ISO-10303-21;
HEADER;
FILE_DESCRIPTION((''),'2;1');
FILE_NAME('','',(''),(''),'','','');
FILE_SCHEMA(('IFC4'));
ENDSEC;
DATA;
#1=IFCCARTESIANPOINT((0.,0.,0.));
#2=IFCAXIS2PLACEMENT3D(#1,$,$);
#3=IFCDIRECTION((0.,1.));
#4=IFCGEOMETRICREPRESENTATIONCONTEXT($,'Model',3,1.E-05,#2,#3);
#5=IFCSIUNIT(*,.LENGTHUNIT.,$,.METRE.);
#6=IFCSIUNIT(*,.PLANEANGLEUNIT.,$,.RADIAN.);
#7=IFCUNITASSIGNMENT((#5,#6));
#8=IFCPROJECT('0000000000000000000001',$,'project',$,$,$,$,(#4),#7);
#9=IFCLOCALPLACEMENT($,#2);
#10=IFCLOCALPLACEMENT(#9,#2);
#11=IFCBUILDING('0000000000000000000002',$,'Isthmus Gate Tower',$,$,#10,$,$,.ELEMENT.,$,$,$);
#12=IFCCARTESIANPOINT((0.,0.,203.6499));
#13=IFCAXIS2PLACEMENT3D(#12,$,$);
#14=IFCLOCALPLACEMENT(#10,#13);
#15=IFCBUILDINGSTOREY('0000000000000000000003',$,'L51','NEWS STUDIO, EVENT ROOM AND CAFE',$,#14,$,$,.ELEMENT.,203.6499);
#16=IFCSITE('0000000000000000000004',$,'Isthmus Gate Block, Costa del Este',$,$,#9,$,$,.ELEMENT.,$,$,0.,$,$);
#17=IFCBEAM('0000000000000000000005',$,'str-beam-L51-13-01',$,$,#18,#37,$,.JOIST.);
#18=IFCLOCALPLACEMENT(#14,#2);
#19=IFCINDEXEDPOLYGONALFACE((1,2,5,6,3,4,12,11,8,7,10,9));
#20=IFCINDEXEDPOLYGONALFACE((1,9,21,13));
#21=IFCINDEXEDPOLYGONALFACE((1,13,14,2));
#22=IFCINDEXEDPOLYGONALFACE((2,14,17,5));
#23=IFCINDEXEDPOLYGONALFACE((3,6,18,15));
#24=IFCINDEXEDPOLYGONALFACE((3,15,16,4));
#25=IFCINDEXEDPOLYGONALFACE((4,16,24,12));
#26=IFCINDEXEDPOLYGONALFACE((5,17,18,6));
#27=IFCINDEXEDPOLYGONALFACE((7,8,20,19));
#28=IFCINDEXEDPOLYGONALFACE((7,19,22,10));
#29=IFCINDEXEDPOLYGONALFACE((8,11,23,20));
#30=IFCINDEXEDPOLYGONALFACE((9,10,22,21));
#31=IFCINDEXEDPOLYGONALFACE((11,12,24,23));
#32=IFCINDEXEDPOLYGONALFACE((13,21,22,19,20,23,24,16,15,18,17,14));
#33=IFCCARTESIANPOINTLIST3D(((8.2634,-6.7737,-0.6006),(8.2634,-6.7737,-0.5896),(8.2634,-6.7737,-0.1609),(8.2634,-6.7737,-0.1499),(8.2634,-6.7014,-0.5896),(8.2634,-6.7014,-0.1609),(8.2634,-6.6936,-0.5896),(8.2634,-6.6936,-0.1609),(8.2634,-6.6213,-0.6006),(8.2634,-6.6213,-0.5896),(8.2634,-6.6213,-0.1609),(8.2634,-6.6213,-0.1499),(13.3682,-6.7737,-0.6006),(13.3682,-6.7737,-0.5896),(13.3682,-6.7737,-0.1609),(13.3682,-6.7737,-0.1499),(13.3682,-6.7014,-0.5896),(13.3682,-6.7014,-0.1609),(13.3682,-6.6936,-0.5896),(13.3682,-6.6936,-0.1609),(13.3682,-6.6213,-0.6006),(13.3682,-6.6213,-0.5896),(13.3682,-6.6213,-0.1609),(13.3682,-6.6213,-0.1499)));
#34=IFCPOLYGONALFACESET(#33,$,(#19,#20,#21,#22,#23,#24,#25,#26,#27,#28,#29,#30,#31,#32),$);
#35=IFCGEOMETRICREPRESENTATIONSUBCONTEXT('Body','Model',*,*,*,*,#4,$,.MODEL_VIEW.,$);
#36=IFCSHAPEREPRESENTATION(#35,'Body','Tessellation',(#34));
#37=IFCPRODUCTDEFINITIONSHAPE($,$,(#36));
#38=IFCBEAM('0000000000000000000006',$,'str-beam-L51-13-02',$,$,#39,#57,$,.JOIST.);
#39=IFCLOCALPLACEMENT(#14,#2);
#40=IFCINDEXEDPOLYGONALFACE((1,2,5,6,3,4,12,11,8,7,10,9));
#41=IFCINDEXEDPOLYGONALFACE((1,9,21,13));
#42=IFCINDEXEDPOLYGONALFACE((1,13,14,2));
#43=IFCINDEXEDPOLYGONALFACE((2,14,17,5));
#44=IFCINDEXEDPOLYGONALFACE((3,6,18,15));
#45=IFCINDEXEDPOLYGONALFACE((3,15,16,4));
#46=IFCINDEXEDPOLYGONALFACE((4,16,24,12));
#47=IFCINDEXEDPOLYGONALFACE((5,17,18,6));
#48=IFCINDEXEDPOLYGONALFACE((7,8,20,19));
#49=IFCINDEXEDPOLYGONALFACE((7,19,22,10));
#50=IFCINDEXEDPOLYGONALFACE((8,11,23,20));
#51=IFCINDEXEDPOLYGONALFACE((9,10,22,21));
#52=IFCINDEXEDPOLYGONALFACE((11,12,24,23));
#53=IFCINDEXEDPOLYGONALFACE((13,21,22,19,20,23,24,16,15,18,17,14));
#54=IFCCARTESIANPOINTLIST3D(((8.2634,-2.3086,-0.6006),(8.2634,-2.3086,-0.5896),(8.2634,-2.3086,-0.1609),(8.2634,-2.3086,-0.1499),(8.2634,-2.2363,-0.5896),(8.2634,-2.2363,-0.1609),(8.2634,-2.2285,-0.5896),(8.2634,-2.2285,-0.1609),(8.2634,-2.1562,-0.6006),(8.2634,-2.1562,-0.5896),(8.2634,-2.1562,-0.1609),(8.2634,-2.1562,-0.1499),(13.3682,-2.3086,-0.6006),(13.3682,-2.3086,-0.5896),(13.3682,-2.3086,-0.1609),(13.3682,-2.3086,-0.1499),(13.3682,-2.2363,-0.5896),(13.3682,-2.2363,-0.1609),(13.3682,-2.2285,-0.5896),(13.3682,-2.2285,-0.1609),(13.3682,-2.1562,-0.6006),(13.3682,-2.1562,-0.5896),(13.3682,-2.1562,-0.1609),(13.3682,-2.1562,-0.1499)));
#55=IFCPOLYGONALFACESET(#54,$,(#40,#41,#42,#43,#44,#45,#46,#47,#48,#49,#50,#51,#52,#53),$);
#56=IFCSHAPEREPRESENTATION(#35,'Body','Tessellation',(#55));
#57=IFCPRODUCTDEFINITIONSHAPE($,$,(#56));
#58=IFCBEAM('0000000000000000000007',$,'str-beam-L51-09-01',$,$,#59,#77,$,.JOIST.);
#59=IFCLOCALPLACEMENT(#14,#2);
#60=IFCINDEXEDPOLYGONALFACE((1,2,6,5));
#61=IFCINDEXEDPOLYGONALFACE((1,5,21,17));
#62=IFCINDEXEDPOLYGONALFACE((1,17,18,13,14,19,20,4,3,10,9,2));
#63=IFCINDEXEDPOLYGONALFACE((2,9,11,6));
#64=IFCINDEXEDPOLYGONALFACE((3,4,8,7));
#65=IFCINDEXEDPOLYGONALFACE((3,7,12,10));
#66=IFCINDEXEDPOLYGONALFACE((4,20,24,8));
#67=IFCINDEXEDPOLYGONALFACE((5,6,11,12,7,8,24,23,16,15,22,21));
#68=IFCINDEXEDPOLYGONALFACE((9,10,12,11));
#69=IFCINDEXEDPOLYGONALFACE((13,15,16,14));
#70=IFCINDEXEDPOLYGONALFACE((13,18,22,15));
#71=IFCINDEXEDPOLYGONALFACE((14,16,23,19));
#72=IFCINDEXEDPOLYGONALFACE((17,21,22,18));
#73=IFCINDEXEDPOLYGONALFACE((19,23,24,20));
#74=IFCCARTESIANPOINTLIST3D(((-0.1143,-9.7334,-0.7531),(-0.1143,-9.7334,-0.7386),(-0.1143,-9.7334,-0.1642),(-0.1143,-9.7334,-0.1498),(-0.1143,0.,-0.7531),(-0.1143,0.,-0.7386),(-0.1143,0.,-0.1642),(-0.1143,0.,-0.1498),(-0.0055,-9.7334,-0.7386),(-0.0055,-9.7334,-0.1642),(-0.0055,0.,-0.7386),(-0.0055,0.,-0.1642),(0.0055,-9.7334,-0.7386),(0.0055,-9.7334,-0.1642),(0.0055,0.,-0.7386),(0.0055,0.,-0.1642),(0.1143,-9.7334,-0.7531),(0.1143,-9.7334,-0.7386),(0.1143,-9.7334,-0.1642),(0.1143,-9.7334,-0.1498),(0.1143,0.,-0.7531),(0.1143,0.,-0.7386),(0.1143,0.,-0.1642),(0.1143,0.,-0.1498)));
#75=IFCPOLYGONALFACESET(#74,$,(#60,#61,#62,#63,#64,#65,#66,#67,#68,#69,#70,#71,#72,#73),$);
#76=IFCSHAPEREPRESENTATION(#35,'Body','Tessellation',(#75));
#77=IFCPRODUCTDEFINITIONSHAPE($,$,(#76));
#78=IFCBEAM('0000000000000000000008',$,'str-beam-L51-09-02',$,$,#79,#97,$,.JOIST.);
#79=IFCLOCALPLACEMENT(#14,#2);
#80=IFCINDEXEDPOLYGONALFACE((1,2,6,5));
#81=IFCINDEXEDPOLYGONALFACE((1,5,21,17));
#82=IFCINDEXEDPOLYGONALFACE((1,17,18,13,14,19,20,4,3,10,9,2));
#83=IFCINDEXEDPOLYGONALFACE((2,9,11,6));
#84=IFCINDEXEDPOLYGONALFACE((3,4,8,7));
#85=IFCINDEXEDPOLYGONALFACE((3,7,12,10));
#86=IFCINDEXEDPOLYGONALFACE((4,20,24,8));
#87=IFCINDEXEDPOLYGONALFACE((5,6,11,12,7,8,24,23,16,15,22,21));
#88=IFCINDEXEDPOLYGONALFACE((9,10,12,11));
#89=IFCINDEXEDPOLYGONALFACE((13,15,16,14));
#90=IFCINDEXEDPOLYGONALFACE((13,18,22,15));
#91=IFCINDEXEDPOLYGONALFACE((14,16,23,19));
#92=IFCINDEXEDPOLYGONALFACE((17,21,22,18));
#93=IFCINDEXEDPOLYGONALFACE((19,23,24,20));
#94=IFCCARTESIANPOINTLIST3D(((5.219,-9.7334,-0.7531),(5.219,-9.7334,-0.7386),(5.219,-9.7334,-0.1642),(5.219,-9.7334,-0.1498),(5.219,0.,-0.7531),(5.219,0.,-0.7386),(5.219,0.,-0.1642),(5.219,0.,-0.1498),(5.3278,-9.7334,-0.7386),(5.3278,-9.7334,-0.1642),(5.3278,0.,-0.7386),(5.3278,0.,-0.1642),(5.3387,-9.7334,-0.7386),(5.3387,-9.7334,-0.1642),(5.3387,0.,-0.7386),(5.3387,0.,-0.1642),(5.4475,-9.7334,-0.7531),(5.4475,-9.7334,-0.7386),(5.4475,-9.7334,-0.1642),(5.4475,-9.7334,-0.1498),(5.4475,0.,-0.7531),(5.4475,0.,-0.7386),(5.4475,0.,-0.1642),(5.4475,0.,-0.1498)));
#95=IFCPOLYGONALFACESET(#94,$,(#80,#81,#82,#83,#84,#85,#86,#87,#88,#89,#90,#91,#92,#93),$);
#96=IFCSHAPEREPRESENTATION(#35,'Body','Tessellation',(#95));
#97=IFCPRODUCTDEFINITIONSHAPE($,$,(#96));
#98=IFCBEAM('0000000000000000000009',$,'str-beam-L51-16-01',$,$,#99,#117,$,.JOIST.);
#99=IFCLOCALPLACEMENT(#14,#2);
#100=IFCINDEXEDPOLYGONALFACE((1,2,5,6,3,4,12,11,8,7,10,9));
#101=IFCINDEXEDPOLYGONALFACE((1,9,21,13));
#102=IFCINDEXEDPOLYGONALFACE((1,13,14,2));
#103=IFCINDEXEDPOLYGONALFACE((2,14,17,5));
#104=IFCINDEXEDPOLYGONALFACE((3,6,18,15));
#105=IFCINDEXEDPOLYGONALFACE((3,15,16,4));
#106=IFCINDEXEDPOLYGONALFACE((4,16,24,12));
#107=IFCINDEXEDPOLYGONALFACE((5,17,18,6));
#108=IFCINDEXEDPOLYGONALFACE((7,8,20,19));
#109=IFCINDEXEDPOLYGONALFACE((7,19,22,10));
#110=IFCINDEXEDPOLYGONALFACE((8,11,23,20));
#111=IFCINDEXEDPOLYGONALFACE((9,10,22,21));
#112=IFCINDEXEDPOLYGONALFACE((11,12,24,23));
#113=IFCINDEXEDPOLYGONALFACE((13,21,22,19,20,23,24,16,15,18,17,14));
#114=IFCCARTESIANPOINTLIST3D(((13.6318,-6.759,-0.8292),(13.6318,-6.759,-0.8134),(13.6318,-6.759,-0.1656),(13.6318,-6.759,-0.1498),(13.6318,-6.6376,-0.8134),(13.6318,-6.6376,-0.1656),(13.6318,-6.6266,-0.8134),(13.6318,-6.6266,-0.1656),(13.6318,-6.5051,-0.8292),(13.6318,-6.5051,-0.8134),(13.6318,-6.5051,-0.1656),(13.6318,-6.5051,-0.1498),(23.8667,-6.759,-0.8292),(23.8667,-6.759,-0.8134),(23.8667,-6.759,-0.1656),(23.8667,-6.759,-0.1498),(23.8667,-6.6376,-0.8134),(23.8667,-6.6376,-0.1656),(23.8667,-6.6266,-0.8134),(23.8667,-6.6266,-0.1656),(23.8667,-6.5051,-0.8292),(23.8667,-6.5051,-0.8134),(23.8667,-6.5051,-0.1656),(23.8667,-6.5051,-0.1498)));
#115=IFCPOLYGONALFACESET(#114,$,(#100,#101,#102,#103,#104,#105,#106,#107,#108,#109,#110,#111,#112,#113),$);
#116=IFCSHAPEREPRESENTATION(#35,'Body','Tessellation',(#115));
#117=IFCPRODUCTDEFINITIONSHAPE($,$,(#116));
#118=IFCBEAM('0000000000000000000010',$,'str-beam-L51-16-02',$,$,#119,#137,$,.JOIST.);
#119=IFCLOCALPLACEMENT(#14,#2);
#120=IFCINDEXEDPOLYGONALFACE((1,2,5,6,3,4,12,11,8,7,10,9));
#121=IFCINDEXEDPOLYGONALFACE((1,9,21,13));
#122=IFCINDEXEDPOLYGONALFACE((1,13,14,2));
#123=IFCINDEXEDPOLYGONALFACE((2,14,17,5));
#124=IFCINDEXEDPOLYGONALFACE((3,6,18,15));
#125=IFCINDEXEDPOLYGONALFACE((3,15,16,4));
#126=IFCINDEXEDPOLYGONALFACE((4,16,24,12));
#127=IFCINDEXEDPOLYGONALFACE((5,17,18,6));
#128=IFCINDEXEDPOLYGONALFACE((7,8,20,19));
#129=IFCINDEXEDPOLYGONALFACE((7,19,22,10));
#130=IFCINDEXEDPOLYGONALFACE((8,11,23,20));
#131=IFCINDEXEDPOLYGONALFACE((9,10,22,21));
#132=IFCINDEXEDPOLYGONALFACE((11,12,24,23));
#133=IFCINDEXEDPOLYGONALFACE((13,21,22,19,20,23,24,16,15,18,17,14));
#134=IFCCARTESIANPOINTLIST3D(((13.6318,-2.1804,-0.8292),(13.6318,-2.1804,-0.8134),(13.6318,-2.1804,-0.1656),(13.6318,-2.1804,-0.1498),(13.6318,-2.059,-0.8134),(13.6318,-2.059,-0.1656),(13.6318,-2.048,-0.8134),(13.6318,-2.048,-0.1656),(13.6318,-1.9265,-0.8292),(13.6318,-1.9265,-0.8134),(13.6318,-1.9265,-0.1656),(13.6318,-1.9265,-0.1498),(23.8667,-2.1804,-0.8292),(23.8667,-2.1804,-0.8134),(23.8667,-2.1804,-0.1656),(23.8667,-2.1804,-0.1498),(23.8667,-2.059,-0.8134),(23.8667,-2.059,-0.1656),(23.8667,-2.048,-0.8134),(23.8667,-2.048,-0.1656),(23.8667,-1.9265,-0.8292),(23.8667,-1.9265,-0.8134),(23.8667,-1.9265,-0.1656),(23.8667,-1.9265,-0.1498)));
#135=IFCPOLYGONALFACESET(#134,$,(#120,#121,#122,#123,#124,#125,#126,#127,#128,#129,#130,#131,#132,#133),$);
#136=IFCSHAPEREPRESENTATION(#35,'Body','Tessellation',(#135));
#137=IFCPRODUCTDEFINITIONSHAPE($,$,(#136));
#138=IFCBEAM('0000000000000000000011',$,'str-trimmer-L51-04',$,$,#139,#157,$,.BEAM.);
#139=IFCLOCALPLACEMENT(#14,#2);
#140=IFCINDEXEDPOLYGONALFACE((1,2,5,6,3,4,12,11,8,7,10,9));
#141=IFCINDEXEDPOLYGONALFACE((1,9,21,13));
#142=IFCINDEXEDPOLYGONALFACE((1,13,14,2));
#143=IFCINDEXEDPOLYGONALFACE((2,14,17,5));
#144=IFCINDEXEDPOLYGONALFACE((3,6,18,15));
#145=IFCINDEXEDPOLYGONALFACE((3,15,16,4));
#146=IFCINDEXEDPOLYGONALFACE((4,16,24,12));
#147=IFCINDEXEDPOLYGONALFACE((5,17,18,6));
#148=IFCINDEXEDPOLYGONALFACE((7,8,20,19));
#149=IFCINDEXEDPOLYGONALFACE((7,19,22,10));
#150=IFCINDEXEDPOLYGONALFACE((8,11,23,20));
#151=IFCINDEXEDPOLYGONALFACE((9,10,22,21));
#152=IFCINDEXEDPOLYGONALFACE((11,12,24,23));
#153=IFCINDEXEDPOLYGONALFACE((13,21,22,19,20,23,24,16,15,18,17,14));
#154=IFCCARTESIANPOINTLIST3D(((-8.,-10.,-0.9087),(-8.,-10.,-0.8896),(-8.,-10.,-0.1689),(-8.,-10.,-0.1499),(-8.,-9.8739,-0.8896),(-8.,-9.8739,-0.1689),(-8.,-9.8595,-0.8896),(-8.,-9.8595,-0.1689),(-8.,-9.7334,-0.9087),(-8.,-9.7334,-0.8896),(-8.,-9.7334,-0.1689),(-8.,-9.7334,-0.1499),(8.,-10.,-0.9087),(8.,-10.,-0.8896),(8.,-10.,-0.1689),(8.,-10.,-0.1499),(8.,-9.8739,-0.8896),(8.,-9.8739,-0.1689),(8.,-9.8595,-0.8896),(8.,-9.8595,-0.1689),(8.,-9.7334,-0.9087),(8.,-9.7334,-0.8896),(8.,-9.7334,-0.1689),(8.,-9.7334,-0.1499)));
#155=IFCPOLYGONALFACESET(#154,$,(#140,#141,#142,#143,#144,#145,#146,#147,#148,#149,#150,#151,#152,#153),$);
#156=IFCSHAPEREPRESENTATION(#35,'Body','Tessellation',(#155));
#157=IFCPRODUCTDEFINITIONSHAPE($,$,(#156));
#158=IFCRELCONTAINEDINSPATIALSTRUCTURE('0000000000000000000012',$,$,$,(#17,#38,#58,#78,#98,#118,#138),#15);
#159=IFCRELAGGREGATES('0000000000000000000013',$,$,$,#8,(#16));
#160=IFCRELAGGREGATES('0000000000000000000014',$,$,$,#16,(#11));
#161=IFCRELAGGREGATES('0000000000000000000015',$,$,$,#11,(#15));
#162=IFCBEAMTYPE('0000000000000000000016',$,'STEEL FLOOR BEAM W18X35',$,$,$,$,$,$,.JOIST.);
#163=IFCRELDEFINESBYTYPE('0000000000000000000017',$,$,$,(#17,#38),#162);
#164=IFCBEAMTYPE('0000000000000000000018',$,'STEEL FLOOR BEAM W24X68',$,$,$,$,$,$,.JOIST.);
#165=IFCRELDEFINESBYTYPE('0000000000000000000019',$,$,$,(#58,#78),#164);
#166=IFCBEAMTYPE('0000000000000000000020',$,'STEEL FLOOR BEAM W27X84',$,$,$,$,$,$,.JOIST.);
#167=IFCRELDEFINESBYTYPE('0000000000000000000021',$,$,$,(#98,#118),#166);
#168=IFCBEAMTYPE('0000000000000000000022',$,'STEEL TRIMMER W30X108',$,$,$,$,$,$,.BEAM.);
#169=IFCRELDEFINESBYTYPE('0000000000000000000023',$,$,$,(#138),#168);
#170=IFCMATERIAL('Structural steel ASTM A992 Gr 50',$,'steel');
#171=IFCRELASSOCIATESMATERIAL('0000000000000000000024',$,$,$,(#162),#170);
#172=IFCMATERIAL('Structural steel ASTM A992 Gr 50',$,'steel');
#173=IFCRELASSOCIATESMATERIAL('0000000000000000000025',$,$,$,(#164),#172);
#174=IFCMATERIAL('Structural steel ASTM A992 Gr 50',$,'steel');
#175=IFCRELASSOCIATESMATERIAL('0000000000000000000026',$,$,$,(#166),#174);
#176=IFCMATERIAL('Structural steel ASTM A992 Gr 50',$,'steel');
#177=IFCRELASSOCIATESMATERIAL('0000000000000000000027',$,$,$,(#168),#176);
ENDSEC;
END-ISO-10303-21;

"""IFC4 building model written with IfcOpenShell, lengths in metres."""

from ifc_helpers import new_model, si_unit, direction, frame, origin, origin_2d, place, context, subcontext, project, spatial, i_section, extrude, material, material_profile, profile_set, type_object, element, save


model = new_model("IFC4")

# Units and contexts
model_context = context("Model", 3, precision=1e-05, world=origin(), true_north=direction((0.0, 1.0)))
body_context = subcontext(model_context, "Body", "Model", "MODEL_VIEW")
ifc_project = project(units=[si_unit("LENGTHUNIT", "METRE"), si_unit("PLANEANGLEUNIT", "RADIAN")], contexts=[model_context])

# Site, building, storey
site_placement = place(None, origin())
site = spatial("IfcSite", under=ifc_project, at=site_placement, Name="Isthmus Gate Block, Costa del Este", CompositionType="ELEMENT", RefElevation=0.0)
building_placement = place(site_placement, origin())
building = spatial("IfcBuilding", under=site, at=building_placement, Name="Isthmus Gate Tower", CompositionType="ELEMENT")
storey_placement = place(building_placement, frame((0.0, 0.0, 203.6499)))
storey = spatial("IfcBuildingStorey", under=building, at=storey_placement, Name="L51", Description="NEWS STUDIO, EVENT ROOM AND CAFE", CompositionType="ELEMENT", Elevation=203.6499)

# Beams
ifc_material_1 = material(Name="Structural steel ASTM A992 Gr 50", Category="steel")
ifc_material_profile_1 = material_profile(ifc_material_1, i_section(OverallWidth=0.1523, OverallDepth=0.4507, WebThickness=0.0078, FlangeThickness=0.011, at=origin_2d()), Name="W18X35")
ifc_profile_set_1 = profile_set([ifc_material_profile_1], Name="Structural steel ASTM A992 Gr 50")
beam_type_1 = type_object("IfcBeamType", Name="STEEL FLOOR BEAM W18X35", PredefinedType="JOIST", material=ifc_profile_set_1)
for number, where, z_axis, x_axis, name in (
    (1, (8.2634, -6.6975, -0.3752), (1.0, 0.0, 0.0), (0.0, 1.0, 0.0), "str-beam-L51-13-01"),
    (2, (8.2634, -2.2324, -0.3752), (1.0, 0.0, 0.0), (0.0, 1.0, 0.0), "str-beam-L51-13-02"),
):
    element("IfcBeam", number, at=place(storey_placement, frame(where, z_axis=z_axis, x_axis=x_axis)), inside=storey, type_object=beam_type_1, Name=name, PredefinedType="JOIST", context=body_context, shape_type="SweptSolid", body=[
        extrude(i_section(OverallWidth=0.1523, OverallDepth=0.4507, WebThickness=0.0078, FlangeThickness=0.011, at=origin_2d()), origin(), (0.0, 0.0, 1.0), 5.1047),
    ])
ifc_material_2 = material(Name="Structural steel ASTM A992 Gr 50", Category="steel")
ifc_material_profile_2 = material_profile(ifc_material_2, i_section(OverallWidth=0.2285, OverallDepth=0.6033, WebThickness=0.011, FlangeThickness=0.0144, at=origin_2d()), Name="W24X68")
ifc_profile_set_2 = profile_set([ifc_material_profile_2], Name="Structural steel ASTM A992 Gr 50")
beam_type_2 = type_object("IfcBeamType", Name="STEEL FLOOR BEAM W24X68", PredefinedType="JOIST", material=ifc_profile_set_2)
for number, where, z_axis, x_axis, name in (
    (3, (0.0, -9.7334, -0.4514), (0.0, 1.0, 0.0), (-1.0, 0.0, 0.0), "str-beam-L51-09-01"),
    (4, (5.3333, -9.7334, -0.4514), (0.0, 1.0, 0.0), (-1.0, 0.0, 0.0), "str-beam-L51-09-02"),
):
    element("IfcBeam", number, at=place(storey_placement, frame(where, z_axis=z_axis, x_axis=x_axis)), inside=storey, type_object=beam_type_2, Name=name, PredefinedType="JOIST", context=body_context, shape_type="SweptSolid", body=[
        extrude(i_section(OverallWidth=0.2285, OverallDepth=0.6033, WebThickness=0.011, FlangeThickness=0.0144, at=origin_2d()), origin(), (0.0, 0.0, 1.0), 9.7334),
    ])
ifc_material_3 = material(Name="Structural steel ASTM A992 Gr 50", Category="steel")
ifc_material_profile_3 = material_profile(ifc_material_3, i_section(OverallWidth=0.2539, OverallDepth=0.6794, WebThickness=0.011, FlangeThickness=0.0159, at=origin_2d()), Name="W27X84")
ifc_profile_set_3 = profile_set([ifc_material_profile_3], Name="Structural steel ASTM A992 Gr 50")
beam_type_3 = type_object("IfcBeamType", Name="STEEL FLOOR BEAM W27X84", PredefinedType="JOIST", material=ifc_profile_set_3)
for number, where, z_axis, x_axis, name in (
    (5, (13.6318, -6.6321, -0.4895), (1.0, 0.0, 0.0), (0.0, 1.0, 0.0), "str-beam-L51-16-01"),
    (6, (13.6318, -2.0535, -0.4895), (1.0, 0.0, 0.0), (0.0, 1.0, 0.0), "str-beam-L51-16-02"),
):
    element("IfcBeam", number, at=place(storey_placement, frame(where, z_axis=z_axis, x_axis=x_axis)), inside=storey, type_object=beam_type_3, Name=name, PredefinedType="JOIST", context=body_context, shape_type="SweptSolid", body=[
        extrude(i_section(OverallWidth=0.2539, OverallDepth=0.6794, WebThickness=0.011, FlangeThickness=0.0159, at=origin_2d()), origin(), (0.0, 0.0, 1.0), 10.2349),
    ])
ifc_material_4 = material(Name="Structural steel ASTM A992 Gr 50", Category="steel")
ifc_material_profile_4 = material_profile(ifc_material_4, i_section(OverallWidth=0.2666, OverallDepth=0.7588, WebThickness=0.0144, FlangeThickness=0.019, at=origin_2d()), Name="W30X108")
ifc_profile_set_4 = profile_set([ifc_material_profile_4], Name="Structural steel ASTM A992 Gr 50")
beam_type_4 = type_object("IfcBeamType", Name="STEEL TRIMMER W30X108", PredefinedType="BEAM", material=ifc_profile_set_4)
beam_placement = place(storey_placement, frame((8.0, -9.8667, -0.5293), z_axis=(-1.0, 0.0, 0.0), x_axis=(0.0, -1.0, 0.0)))
element("IfcBeam", 7, at=beam_placement, inside=storey, type_object=beam_type_4, Name="str-trimmer-L51-04", PredefinedType="BEAM", context=body_context, shape_type="SweptSolid", body=[
    extrude(i_section(OverallWidth=0.2666, OverallDepth=0.7588, WebThickness=0.0144, FlangeThickness=0.019, at=origin_2d()), origin(), (0.0, 0.0, 1.0), 16.0),
])

save(model, "model.ifc")
